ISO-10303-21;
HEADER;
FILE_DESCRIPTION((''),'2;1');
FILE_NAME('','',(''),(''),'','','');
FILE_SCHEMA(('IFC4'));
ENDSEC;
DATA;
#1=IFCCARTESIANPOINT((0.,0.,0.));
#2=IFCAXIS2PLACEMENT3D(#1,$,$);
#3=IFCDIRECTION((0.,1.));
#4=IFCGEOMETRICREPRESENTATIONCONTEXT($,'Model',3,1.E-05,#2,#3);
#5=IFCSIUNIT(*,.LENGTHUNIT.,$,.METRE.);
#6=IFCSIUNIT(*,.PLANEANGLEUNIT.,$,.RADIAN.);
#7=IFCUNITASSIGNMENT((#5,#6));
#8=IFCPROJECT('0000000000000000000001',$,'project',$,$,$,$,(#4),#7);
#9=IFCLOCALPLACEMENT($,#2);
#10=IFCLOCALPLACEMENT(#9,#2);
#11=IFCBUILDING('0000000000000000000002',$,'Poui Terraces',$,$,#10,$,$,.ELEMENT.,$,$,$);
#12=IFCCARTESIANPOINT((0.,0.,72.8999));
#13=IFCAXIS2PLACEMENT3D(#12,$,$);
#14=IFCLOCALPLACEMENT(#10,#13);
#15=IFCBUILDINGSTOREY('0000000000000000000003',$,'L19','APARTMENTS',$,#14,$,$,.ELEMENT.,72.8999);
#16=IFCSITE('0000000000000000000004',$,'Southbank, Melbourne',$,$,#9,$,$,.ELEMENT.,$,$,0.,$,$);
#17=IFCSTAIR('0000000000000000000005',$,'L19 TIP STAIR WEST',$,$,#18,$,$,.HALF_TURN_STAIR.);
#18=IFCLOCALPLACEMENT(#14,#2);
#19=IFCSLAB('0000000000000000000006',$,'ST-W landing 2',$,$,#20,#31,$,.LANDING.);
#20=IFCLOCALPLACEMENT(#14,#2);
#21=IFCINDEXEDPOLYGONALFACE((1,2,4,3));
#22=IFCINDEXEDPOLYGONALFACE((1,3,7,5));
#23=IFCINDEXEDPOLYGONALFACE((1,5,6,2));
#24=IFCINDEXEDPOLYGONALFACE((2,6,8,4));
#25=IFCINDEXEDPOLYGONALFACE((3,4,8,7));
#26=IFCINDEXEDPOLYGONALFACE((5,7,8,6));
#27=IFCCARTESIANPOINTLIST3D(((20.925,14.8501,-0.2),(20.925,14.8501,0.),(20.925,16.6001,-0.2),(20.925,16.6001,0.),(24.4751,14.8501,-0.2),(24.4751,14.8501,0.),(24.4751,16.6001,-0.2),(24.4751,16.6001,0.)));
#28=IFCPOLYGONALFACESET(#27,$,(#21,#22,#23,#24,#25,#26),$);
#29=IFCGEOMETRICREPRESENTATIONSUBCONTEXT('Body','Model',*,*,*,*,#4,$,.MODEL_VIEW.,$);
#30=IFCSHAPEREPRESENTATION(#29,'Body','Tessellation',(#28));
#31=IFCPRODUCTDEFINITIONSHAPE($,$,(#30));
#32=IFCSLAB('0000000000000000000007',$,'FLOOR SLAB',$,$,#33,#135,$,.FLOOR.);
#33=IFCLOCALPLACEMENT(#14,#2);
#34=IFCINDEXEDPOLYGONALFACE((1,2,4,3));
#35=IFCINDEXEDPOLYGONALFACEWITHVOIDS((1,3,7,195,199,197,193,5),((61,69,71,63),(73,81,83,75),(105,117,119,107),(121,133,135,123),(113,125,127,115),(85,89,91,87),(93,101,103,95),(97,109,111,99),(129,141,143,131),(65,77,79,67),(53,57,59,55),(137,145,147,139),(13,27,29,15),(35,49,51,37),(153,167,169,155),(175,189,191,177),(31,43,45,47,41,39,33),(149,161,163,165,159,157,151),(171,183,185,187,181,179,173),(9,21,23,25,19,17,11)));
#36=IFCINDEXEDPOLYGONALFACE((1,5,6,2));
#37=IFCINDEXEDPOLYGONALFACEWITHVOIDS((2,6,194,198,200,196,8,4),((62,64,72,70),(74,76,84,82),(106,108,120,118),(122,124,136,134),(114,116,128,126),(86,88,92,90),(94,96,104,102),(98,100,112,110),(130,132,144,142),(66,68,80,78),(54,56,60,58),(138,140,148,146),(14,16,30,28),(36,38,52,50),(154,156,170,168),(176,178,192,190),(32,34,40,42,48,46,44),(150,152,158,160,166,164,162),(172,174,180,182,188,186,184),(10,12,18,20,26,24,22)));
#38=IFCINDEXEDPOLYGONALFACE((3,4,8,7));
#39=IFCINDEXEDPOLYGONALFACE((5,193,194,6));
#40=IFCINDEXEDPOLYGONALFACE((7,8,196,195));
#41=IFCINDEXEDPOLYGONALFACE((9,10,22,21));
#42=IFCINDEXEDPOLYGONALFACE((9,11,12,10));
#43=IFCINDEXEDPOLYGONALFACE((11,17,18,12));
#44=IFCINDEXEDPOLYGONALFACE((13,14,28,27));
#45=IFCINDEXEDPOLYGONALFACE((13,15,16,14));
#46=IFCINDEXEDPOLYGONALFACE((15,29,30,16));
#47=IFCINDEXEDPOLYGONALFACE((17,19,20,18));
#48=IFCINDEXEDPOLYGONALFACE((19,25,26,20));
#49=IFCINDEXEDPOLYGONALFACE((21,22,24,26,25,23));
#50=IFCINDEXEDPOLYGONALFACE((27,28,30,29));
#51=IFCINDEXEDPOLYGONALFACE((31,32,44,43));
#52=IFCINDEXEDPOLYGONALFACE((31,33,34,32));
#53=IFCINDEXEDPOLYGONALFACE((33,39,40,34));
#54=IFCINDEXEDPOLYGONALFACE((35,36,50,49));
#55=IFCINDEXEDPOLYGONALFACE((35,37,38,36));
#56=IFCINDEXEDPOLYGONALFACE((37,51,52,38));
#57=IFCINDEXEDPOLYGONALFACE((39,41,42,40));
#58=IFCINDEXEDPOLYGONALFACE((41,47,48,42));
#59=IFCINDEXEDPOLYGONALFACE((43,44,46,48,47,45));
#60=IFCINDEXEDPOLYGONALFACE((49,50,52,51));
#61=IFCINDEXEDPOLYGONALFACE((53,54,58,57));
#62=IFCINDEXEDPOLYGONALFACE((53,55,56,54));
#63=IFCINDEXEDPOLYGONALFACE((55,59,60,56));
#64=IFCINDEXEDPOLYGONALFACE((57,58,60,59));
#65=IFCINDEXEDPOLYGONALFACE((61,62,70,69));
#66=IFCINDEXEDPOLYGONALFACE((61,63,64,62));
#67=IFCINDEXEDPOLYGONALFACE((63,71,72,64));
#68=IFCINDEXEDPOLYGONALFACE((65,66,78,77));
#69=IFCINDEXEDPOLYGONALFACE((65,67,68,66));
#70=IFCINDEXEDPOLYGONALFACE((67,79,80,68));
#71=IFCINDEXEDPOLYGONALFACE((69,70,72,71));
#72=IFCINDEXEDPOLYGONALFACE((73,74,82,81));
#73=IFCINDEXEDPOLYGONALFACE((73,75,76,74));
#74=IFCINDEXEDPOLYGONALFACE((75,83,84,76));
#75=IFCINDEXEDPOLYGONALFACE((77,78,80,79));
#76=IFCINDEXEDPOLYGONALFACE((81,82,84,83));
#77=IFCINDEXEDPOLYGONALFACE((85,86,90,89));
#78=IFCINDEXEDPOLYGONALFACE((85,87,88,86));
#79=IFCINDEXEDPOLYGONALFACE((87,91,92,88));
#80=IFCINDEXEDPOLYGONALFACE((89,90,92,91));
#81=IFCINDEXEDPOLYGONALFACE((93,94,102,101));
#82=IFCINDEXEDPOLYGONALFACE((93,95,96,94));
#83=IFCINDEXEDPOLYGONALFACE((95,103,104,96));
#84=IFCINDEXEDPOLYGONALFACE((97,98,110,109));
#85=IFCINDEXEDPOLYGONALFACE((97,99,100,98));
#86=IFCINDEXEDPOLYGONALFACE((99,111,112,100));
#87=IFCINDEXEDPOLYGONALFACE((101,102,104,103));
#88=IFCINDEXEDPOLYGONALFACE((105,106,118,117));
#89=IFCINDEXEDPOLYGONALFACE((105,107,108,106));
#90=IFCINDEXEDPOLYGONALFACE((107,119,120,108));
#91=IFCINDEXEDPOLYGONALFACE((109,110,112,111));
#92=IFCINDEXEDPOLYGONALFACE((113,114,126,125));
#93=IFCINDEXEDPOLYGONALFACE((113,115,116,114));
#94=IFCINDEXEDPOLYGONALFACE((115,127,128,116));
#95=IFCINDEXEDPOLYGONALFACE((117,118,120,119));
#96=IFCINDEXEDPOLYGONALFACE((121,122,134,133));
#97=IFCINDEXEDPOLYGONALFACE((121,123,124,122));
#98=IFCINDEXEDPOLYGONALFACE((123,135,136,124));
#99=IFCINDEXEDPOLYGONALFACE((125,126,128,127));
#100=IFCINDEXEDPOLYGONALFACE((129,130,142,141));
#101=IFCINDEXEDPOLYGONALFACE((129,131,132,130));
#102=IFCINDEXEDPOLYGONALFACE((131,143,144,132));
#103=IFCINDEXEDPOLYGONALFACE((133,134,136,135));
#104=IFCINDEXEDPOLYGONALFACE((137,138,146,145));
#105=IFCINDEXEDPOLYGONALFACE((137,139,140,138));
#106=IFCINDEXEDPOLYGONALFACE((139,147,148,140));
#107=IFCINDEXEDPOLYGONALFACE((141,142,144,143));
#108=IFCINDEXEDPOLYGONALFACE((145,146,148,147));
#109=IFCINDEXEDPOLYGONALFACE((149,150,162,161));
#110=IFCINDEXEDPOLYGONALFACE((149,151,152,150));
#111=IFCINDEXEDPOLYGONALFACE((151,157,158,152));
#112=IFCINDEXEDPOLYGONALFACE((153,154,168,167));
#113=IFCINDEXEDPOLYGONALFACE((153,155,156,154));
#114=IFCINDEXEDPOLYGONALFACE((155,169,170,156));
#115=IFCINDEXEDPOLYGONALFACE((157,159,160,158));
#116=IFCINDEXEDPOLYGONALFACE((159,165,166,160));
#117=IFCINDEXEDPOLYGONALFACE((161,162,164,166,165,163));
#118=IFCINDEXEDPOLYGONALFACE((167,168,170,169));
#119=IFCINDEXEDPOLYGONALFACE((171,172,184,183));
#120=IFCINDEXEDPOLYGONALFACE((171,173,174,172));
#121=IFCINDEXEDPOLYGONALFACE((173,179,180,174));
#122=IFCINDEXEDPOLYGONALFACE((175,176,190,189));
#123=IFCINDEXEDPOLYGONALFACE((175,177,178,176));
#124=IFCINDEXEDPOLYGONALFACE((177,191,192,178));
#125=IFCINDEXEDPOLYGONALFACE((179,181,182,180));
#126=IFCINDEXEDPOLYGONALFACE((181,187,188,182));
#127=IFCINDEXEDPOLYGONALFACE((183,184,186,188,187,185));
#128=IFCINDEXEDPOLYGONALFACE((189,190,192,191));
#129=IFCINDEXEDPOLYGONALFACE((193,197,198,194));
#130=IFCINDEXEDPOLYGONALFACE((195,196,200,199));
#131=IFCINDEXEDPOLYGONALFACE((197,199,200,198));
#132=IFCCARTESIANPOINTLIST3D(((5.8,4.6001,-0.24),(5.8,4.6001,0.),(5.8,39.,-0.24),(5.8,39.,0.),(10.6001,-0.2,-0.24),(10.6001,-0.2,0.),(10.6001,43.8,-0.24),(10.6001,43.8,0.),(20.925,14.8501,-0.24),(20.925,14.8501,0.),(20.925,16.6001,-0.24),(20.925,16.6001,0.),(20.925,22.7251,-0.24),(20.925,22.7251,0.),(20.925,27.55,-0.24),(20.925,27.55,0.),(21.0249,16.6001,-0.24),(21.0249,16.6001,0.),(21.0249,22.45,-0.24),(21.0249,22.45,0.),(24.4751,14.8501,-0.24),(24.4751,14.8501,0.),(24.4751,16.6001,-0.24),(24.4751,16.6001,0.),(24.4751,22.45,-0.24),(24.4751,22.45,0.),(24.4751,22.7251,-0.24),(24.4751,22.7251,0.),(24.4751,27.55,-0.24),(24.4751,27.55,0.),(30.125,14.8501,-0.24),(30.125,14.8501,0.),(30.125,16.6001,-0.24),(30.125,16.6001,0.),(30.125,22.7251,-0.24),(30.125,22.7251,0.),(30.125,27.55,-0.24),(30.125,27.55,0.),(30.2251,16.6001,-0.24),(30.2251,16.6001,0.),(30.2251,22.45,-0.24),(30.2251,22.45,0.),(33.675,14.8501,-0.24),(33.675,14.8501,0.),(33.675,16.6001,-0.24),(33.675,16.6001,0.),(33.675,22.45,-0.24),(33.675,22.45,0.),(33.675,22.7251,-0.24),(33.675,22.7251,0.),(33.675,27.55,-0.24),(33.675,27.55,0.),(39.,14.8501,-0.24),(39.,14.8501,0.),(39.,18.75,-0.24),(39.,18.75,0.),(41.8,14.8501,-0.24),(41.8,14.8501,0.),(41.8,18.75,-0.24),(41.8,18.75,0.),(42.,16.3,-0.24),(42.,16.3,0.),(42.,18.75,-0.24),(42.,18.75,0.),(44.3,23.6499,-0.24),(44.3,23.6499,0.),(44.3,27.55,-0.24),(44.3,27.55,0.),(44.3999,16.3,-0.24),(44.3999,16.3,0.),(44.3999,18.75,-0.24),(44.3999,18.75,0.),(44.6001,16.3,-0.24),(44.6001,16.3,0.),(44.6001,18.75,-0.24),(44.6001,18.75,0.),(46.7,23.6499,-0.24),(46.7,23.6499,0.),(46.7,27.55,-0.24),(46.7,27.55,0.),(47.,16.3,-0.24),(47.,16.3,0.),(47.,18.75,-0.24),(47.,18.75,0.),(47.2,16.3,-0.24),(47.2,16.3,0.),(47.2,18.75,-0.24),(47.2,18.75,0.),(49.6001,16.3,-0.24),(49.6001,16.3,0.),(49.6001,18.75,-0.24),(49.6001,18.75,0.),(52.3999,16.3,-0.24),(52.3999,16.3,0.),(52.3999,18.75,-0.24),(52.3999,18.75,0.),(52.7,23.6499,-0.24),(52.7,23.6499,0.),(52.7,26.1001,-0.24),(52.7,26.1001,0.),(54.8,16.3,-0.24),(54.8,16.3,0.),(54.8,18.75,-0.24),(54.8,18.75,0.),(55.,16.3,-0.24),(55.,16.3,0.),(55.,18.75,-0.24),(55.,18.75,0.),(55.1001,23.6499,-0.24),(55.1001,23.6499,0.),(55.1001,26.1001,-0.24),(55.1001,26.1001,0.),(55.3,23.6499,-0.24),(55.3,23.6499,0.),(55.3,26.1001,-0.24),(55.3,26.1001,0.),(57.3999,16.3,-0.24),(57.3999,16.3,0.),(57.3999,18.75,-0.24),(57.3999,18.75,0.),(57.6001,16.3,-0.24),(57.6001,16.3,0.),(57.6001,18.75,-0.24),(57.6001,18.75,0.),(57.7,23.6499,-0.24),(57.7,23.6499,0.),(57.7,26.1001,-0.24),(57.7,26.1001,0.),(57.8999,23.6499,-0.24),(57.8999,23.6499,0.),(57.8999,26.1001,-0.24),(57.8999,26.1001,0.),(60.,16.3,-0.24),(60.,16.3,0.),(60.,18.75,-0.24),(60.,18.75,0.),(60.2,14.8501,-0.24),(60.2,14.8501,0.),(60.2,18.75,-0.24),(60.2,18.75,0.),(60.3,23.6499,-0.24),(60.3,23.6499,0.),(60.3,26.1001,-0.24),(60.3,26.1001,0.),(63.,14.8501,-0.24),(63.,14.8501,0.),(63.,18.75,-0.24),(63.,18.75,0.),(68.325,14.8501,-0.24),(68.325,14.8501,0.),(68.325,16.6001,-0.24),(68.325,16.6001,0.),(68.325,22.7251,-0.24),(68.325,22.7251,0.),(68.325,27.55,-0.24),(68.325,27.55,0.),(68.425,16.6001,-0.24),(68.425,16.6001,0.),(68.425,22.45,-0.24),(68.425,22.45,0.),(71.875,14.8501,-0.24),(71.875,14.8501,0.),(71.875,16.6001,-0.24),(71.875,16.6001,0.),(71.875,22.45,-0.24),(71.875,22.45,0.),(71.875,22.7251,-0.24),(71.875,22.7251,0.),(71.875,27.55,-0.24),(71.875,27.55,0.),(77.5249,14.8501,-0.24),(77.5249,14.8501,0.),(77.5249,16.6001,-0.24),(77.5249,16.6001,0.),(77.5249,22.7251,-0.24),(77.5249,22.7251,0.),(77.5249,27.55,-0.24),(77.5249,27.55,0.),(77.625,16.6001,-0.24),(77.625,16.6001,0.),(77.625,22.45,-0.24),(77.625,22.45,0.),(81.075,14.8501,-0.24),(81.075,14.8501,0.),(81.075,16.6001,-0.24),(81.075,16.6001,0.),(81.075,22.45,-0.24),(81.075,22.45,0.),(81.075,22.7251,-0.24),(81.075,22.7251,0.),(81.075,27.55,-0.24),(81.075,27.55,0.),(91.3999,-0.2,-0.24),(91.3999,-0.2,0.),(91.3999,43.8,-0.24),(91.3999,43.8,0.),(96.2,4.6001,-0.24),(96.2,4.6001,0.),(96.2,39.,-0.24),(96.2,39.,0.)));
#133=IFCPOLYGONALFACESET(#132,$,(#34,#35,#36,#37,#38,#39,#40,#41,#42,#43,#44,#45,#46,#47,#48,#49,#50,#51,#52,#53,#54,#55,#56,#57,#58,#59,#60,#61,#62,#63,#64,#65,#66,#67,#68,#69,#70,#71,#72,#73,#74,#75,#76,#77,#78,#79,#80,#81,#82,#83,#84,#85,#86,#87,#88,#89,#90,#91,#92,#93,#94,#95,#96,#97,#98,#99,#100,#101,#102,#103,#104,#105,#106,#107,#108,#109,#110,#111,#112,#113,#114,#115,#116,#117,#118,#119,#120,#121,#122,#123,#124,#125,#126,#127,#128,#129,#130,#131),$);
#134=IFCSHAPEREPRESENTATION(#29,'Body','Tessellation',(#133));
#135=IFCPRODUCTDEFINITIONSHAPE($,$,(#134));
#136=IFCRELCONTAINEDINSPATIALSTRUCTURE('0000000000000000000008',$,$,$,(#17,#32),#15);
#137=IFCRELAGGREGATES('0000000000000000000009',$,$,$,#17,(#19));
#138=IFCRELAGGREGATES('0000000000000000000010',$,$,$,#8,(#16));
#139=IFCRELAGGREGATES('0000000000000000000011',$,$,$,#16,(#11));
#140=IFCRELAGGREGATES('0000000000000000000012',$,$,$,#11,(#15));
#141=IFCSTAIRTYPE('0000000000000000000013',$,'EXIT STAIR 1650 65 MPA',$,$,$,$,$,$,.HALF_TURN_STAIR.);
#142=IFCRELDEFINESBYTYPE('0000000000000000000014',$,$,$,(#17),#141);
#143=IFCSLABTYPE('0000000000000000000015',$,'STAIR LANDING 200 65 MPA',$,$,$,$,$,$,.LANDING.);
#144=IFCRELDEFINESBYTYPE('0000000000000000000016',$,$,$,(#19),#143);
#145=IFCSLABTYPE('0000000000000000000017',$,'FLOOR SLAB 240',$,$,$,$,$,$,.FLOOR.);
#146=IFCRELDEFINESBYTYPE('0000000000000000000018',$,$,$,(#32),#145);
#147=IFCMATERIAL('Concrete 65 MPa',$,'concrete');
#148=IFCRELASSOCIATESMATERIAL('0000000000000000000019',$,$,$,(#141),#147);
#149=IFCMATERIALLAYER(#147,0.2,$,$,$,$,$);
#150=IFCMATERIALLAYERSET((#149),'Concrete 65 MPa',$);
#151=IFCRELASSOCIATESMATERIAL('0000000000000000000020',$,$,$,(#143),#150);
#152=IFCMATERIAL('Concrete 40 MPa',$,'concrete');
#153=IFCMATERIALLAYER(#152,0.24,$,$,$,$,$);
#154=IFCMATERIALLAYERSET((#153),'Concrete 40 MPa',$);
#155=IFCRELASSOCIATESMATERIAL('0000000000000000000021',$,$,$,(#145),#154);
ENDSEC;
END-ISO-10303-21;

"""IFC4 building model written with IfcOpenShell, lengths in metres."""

from ifc_helpers import new_model, si_unit, direction, frame, origin, place, context, subcontext, project, spatial, polyline, outline, extrude, source, transform, mapped, material, layer, layer_set, type_object, element, aggregate, save


model = new_model("IFC4")

# Units and contexts
model_context = context("Model", 3, precision=1e-05, world=origin(), true_north=direction((0.0, 1.0)))
body_context = subcontext(model_context, "Body", "Model", "MODEL_VIEW")
ifc_project = project(units=[si_unit("LENGTHUNIT", "METRE"), si_unit("PLANEANGLEUNIT", "RADIAN")], contexts=[model_context])

# Site, building, storey
site_placement = place(None, origin())
site = spatial("IfcSite", under=ifc_project, at=site_placement, Name="Southbank, Melbourne", CompositionType="ELEMENT", RefElevation=0.0)
building_placement = place(site_placement, origin())
building = spatial("IfcBuilding", under=site, at=building_placement, Name="Poui Terraces", CompositionType="ELEMENT")
storey_placement = place(building_placement, frame((0.0, 0.0, 72.8999)))
storey = spatial("IfcBuildingStorey", under=building, at=storey_placement, Name="L19", Description="APARTMENTS", CompositionType="ELEMENT", Elevation=72.8999)

# Stair, slab
ifc_material_1 = material(Name="Concrete 65 MPa", Category="concrete")
stair_type = type_object("IfcStairType", Name="EXIT STAIR 1650 65 MPA", PredefinedType="HALF_TURN_STAIR", material=ifc_material_1)
stair_placement = place(storey_placement, origin())
stair = element("IfcStair", 1, at=stair_placement, inside=storey, type_object=stair_type, Name="L19 TIP STAIR WEST", PredefinedType="HALF_TURN_STAIR")
ifc_layer_1 = layer(ifc_material_1, 0.2)
ifc_layer_set_1 = layer_set([ifc_layer_1], Name="Concrete 65 MPa")
slab_type_1 = type_object("IfcSlabType", Name="STAIR LANDING 200 65 MPA", PredefinedType="LANDING", material=ifc_layer_set_1)
slab_1_placement = place(storey_placement, frame((0.0, 0.0, -0.2)))
slab_1 = element("IfcSlab", 2, at=slab_1_placement, type_object=slab_type_1, Name="ST-W landing 2", PredefinedType="LANDING", context=body_context, shape_type="SweptSolid", body=[
    extrude(outline(polyline([(20.925, 14.8501), (24.4751, 14.8501), (24.4751, 16.6001), (20.925, 16.6001), (20.925, 14.8501)])), origin(), (0.0, 0.0, 1.0), 0.2),
])
aggregate(stair, [slab_1])

# Slab
ifc_material_2 = material(Name="Concrete 40 MPa", Category="concrete")
ifc_layer_2 = layer(ifc_material_2, 0.24)
ifc_layer_set_2 = layer_set([ifc_layer_2], Name="Concrete 40 MPa")
slab_type_2 = type_object("IfcSlabType", Name="FLOOR SLAB 240", PredefinedType="FLOOR", material=ifc_layer_set_2)
shared_shape = source(origin(), body_context, "Body", "SweptSolid", [
    extrude(outline(polyline([(0.0, 0.0), (4.8, -4.8), (85.5999, -4.8), (90.3999, 0.0), (90.3999, 34.3999), (85.5999, 39.2), (4.8, 39.2), (0.0, 34.3999), (0.0, 0.0)]), holes=[polyline([(33.2, 10.25), (33.2, 14.1499), (36.0, 14.1499), (36.0, 10.25), (33.2, 10.25)]), polyline([(36.2, 11.7), (36.2, 14.1499), (38.5999, 14.1499), (38.5999, 11.7), (36.2, 11.7)]), polyline([(38.8, 11.7), (38.8, 14.1499), (41.2, 14.1499), (41.2, 11.7), (38.8, 11.7)]), polyline([(41.3999, 14.1499), (43.8, 14.1499), (43.8, 11.7), (41.3999, 11.7), (41.3999, 14.1499)]), polyline([(46.5999, 14.1499), (49.0, 14.1499), (49.0, 11.7), (46.5999, 11.7), (46.5999, 14.1499)]), polyline([(15.2249, 17.8499), (18.675, 17.8499), (18.675, 12.0), (18.675, 10.25), (15.125, 10.25), (15.125, 12.0), (15.2249, 12.0), (15.2249, 17.8499)]), polyline([(24.425, 17.8499), (27.875, 17.8499), (27.875, 12.0), (27.875, 10.25), (24.325, 10.25), (24.325, 12.0), (24.425, 12.0), (24.425, 17.8499)]), polyline([(15.125, 18.125), (15.125, 22.95), (18.675, 22.95), (18.675, 18.125), (15.125, 18.125)]), polyline([(24.325, 22.95), (27.875, 22.95), (27.875, 18.125), (24.325, 18.125), (24.325, 22.95)]), polyline([(38.5, 22.95), (40.8999, 22.95), (40.8999, 19.0498), (38.5, 19.0498), (38.5, 22.95)]), polyline([(54.3999, 10.25), (54.3999, 14.1499), (57.2, 14.1499), (57.2, 10.25), (54.3999, 10.25)]), polyline([(49.2, 11.7), (49.2, 14.1499), (51.5999, 14.1499), (51.5999, 11.7), (49.2, 11.7)]), polyline([(51.8, 11.7), (51.8, 14.1499), (54.2, 14.1499), (54.2, 11.7), (51.8, 11.7)]), polyline([(66.075, 17.8499), (66.075, 12.0), (66.075, 10.25), (62.5249, 10.25), (62.5249, 12.0), (62.625, 12.0), (62.625, 17.8499), (66.075, 17.8499)]), polyline([(75.2749, 17.8499), (75.2749, 12.0), (75.2749, 10.25), (71.7249, 10.25), (71.7249, 12.0), (71.825, 12.0), (71.825, 17.8499), (75.2749, 17.8499)]), polyline([(46.8999, 19.0498), (46.8999, 21.5), (49.3, 21.5), (49.3, 19.0498), (46.8999, 19.0498)]), polyline([(49.5, 19.0498), (49.5, 21.5), (51.8999, 21.5), (51.8999, 19.0498), (49.5, 19.0498)]), polyline([(52.0999, 19.0498), (52.0999, 21.5), (54.5, 21.5), (54.5, 19.0498), (52.0999, 19.0498)]), polyline([(62.5249, 22.95), (66.075, 22.95), (66.075, 18.125), (62.5249, 18.125), (62.5249, 22.95)]), polyline([(71.7249, 22.95), (75.2749, 22.95), (75.2749, 18.125), (71.7249, 18.125), (71.7249, 22.95)])]), origin(), (0.0, 0.0, 1.0), 0.24),
])
slab_2_placement = place(storey_placement, frame((5.8, 4.6001, -0.24)))
element("IfcSlab", 3, at=slab_2_placement, inside=storey, type_object=slab_type_2, Name="FLOOR SLAB", PredefinedType="FLOOR", context=body_context, shape_type="MappedRepresentation", body=[
    mapped(shared_shape, transform((0.0, 0.0, 0.0))),
])

save(model, "model.ifc")
